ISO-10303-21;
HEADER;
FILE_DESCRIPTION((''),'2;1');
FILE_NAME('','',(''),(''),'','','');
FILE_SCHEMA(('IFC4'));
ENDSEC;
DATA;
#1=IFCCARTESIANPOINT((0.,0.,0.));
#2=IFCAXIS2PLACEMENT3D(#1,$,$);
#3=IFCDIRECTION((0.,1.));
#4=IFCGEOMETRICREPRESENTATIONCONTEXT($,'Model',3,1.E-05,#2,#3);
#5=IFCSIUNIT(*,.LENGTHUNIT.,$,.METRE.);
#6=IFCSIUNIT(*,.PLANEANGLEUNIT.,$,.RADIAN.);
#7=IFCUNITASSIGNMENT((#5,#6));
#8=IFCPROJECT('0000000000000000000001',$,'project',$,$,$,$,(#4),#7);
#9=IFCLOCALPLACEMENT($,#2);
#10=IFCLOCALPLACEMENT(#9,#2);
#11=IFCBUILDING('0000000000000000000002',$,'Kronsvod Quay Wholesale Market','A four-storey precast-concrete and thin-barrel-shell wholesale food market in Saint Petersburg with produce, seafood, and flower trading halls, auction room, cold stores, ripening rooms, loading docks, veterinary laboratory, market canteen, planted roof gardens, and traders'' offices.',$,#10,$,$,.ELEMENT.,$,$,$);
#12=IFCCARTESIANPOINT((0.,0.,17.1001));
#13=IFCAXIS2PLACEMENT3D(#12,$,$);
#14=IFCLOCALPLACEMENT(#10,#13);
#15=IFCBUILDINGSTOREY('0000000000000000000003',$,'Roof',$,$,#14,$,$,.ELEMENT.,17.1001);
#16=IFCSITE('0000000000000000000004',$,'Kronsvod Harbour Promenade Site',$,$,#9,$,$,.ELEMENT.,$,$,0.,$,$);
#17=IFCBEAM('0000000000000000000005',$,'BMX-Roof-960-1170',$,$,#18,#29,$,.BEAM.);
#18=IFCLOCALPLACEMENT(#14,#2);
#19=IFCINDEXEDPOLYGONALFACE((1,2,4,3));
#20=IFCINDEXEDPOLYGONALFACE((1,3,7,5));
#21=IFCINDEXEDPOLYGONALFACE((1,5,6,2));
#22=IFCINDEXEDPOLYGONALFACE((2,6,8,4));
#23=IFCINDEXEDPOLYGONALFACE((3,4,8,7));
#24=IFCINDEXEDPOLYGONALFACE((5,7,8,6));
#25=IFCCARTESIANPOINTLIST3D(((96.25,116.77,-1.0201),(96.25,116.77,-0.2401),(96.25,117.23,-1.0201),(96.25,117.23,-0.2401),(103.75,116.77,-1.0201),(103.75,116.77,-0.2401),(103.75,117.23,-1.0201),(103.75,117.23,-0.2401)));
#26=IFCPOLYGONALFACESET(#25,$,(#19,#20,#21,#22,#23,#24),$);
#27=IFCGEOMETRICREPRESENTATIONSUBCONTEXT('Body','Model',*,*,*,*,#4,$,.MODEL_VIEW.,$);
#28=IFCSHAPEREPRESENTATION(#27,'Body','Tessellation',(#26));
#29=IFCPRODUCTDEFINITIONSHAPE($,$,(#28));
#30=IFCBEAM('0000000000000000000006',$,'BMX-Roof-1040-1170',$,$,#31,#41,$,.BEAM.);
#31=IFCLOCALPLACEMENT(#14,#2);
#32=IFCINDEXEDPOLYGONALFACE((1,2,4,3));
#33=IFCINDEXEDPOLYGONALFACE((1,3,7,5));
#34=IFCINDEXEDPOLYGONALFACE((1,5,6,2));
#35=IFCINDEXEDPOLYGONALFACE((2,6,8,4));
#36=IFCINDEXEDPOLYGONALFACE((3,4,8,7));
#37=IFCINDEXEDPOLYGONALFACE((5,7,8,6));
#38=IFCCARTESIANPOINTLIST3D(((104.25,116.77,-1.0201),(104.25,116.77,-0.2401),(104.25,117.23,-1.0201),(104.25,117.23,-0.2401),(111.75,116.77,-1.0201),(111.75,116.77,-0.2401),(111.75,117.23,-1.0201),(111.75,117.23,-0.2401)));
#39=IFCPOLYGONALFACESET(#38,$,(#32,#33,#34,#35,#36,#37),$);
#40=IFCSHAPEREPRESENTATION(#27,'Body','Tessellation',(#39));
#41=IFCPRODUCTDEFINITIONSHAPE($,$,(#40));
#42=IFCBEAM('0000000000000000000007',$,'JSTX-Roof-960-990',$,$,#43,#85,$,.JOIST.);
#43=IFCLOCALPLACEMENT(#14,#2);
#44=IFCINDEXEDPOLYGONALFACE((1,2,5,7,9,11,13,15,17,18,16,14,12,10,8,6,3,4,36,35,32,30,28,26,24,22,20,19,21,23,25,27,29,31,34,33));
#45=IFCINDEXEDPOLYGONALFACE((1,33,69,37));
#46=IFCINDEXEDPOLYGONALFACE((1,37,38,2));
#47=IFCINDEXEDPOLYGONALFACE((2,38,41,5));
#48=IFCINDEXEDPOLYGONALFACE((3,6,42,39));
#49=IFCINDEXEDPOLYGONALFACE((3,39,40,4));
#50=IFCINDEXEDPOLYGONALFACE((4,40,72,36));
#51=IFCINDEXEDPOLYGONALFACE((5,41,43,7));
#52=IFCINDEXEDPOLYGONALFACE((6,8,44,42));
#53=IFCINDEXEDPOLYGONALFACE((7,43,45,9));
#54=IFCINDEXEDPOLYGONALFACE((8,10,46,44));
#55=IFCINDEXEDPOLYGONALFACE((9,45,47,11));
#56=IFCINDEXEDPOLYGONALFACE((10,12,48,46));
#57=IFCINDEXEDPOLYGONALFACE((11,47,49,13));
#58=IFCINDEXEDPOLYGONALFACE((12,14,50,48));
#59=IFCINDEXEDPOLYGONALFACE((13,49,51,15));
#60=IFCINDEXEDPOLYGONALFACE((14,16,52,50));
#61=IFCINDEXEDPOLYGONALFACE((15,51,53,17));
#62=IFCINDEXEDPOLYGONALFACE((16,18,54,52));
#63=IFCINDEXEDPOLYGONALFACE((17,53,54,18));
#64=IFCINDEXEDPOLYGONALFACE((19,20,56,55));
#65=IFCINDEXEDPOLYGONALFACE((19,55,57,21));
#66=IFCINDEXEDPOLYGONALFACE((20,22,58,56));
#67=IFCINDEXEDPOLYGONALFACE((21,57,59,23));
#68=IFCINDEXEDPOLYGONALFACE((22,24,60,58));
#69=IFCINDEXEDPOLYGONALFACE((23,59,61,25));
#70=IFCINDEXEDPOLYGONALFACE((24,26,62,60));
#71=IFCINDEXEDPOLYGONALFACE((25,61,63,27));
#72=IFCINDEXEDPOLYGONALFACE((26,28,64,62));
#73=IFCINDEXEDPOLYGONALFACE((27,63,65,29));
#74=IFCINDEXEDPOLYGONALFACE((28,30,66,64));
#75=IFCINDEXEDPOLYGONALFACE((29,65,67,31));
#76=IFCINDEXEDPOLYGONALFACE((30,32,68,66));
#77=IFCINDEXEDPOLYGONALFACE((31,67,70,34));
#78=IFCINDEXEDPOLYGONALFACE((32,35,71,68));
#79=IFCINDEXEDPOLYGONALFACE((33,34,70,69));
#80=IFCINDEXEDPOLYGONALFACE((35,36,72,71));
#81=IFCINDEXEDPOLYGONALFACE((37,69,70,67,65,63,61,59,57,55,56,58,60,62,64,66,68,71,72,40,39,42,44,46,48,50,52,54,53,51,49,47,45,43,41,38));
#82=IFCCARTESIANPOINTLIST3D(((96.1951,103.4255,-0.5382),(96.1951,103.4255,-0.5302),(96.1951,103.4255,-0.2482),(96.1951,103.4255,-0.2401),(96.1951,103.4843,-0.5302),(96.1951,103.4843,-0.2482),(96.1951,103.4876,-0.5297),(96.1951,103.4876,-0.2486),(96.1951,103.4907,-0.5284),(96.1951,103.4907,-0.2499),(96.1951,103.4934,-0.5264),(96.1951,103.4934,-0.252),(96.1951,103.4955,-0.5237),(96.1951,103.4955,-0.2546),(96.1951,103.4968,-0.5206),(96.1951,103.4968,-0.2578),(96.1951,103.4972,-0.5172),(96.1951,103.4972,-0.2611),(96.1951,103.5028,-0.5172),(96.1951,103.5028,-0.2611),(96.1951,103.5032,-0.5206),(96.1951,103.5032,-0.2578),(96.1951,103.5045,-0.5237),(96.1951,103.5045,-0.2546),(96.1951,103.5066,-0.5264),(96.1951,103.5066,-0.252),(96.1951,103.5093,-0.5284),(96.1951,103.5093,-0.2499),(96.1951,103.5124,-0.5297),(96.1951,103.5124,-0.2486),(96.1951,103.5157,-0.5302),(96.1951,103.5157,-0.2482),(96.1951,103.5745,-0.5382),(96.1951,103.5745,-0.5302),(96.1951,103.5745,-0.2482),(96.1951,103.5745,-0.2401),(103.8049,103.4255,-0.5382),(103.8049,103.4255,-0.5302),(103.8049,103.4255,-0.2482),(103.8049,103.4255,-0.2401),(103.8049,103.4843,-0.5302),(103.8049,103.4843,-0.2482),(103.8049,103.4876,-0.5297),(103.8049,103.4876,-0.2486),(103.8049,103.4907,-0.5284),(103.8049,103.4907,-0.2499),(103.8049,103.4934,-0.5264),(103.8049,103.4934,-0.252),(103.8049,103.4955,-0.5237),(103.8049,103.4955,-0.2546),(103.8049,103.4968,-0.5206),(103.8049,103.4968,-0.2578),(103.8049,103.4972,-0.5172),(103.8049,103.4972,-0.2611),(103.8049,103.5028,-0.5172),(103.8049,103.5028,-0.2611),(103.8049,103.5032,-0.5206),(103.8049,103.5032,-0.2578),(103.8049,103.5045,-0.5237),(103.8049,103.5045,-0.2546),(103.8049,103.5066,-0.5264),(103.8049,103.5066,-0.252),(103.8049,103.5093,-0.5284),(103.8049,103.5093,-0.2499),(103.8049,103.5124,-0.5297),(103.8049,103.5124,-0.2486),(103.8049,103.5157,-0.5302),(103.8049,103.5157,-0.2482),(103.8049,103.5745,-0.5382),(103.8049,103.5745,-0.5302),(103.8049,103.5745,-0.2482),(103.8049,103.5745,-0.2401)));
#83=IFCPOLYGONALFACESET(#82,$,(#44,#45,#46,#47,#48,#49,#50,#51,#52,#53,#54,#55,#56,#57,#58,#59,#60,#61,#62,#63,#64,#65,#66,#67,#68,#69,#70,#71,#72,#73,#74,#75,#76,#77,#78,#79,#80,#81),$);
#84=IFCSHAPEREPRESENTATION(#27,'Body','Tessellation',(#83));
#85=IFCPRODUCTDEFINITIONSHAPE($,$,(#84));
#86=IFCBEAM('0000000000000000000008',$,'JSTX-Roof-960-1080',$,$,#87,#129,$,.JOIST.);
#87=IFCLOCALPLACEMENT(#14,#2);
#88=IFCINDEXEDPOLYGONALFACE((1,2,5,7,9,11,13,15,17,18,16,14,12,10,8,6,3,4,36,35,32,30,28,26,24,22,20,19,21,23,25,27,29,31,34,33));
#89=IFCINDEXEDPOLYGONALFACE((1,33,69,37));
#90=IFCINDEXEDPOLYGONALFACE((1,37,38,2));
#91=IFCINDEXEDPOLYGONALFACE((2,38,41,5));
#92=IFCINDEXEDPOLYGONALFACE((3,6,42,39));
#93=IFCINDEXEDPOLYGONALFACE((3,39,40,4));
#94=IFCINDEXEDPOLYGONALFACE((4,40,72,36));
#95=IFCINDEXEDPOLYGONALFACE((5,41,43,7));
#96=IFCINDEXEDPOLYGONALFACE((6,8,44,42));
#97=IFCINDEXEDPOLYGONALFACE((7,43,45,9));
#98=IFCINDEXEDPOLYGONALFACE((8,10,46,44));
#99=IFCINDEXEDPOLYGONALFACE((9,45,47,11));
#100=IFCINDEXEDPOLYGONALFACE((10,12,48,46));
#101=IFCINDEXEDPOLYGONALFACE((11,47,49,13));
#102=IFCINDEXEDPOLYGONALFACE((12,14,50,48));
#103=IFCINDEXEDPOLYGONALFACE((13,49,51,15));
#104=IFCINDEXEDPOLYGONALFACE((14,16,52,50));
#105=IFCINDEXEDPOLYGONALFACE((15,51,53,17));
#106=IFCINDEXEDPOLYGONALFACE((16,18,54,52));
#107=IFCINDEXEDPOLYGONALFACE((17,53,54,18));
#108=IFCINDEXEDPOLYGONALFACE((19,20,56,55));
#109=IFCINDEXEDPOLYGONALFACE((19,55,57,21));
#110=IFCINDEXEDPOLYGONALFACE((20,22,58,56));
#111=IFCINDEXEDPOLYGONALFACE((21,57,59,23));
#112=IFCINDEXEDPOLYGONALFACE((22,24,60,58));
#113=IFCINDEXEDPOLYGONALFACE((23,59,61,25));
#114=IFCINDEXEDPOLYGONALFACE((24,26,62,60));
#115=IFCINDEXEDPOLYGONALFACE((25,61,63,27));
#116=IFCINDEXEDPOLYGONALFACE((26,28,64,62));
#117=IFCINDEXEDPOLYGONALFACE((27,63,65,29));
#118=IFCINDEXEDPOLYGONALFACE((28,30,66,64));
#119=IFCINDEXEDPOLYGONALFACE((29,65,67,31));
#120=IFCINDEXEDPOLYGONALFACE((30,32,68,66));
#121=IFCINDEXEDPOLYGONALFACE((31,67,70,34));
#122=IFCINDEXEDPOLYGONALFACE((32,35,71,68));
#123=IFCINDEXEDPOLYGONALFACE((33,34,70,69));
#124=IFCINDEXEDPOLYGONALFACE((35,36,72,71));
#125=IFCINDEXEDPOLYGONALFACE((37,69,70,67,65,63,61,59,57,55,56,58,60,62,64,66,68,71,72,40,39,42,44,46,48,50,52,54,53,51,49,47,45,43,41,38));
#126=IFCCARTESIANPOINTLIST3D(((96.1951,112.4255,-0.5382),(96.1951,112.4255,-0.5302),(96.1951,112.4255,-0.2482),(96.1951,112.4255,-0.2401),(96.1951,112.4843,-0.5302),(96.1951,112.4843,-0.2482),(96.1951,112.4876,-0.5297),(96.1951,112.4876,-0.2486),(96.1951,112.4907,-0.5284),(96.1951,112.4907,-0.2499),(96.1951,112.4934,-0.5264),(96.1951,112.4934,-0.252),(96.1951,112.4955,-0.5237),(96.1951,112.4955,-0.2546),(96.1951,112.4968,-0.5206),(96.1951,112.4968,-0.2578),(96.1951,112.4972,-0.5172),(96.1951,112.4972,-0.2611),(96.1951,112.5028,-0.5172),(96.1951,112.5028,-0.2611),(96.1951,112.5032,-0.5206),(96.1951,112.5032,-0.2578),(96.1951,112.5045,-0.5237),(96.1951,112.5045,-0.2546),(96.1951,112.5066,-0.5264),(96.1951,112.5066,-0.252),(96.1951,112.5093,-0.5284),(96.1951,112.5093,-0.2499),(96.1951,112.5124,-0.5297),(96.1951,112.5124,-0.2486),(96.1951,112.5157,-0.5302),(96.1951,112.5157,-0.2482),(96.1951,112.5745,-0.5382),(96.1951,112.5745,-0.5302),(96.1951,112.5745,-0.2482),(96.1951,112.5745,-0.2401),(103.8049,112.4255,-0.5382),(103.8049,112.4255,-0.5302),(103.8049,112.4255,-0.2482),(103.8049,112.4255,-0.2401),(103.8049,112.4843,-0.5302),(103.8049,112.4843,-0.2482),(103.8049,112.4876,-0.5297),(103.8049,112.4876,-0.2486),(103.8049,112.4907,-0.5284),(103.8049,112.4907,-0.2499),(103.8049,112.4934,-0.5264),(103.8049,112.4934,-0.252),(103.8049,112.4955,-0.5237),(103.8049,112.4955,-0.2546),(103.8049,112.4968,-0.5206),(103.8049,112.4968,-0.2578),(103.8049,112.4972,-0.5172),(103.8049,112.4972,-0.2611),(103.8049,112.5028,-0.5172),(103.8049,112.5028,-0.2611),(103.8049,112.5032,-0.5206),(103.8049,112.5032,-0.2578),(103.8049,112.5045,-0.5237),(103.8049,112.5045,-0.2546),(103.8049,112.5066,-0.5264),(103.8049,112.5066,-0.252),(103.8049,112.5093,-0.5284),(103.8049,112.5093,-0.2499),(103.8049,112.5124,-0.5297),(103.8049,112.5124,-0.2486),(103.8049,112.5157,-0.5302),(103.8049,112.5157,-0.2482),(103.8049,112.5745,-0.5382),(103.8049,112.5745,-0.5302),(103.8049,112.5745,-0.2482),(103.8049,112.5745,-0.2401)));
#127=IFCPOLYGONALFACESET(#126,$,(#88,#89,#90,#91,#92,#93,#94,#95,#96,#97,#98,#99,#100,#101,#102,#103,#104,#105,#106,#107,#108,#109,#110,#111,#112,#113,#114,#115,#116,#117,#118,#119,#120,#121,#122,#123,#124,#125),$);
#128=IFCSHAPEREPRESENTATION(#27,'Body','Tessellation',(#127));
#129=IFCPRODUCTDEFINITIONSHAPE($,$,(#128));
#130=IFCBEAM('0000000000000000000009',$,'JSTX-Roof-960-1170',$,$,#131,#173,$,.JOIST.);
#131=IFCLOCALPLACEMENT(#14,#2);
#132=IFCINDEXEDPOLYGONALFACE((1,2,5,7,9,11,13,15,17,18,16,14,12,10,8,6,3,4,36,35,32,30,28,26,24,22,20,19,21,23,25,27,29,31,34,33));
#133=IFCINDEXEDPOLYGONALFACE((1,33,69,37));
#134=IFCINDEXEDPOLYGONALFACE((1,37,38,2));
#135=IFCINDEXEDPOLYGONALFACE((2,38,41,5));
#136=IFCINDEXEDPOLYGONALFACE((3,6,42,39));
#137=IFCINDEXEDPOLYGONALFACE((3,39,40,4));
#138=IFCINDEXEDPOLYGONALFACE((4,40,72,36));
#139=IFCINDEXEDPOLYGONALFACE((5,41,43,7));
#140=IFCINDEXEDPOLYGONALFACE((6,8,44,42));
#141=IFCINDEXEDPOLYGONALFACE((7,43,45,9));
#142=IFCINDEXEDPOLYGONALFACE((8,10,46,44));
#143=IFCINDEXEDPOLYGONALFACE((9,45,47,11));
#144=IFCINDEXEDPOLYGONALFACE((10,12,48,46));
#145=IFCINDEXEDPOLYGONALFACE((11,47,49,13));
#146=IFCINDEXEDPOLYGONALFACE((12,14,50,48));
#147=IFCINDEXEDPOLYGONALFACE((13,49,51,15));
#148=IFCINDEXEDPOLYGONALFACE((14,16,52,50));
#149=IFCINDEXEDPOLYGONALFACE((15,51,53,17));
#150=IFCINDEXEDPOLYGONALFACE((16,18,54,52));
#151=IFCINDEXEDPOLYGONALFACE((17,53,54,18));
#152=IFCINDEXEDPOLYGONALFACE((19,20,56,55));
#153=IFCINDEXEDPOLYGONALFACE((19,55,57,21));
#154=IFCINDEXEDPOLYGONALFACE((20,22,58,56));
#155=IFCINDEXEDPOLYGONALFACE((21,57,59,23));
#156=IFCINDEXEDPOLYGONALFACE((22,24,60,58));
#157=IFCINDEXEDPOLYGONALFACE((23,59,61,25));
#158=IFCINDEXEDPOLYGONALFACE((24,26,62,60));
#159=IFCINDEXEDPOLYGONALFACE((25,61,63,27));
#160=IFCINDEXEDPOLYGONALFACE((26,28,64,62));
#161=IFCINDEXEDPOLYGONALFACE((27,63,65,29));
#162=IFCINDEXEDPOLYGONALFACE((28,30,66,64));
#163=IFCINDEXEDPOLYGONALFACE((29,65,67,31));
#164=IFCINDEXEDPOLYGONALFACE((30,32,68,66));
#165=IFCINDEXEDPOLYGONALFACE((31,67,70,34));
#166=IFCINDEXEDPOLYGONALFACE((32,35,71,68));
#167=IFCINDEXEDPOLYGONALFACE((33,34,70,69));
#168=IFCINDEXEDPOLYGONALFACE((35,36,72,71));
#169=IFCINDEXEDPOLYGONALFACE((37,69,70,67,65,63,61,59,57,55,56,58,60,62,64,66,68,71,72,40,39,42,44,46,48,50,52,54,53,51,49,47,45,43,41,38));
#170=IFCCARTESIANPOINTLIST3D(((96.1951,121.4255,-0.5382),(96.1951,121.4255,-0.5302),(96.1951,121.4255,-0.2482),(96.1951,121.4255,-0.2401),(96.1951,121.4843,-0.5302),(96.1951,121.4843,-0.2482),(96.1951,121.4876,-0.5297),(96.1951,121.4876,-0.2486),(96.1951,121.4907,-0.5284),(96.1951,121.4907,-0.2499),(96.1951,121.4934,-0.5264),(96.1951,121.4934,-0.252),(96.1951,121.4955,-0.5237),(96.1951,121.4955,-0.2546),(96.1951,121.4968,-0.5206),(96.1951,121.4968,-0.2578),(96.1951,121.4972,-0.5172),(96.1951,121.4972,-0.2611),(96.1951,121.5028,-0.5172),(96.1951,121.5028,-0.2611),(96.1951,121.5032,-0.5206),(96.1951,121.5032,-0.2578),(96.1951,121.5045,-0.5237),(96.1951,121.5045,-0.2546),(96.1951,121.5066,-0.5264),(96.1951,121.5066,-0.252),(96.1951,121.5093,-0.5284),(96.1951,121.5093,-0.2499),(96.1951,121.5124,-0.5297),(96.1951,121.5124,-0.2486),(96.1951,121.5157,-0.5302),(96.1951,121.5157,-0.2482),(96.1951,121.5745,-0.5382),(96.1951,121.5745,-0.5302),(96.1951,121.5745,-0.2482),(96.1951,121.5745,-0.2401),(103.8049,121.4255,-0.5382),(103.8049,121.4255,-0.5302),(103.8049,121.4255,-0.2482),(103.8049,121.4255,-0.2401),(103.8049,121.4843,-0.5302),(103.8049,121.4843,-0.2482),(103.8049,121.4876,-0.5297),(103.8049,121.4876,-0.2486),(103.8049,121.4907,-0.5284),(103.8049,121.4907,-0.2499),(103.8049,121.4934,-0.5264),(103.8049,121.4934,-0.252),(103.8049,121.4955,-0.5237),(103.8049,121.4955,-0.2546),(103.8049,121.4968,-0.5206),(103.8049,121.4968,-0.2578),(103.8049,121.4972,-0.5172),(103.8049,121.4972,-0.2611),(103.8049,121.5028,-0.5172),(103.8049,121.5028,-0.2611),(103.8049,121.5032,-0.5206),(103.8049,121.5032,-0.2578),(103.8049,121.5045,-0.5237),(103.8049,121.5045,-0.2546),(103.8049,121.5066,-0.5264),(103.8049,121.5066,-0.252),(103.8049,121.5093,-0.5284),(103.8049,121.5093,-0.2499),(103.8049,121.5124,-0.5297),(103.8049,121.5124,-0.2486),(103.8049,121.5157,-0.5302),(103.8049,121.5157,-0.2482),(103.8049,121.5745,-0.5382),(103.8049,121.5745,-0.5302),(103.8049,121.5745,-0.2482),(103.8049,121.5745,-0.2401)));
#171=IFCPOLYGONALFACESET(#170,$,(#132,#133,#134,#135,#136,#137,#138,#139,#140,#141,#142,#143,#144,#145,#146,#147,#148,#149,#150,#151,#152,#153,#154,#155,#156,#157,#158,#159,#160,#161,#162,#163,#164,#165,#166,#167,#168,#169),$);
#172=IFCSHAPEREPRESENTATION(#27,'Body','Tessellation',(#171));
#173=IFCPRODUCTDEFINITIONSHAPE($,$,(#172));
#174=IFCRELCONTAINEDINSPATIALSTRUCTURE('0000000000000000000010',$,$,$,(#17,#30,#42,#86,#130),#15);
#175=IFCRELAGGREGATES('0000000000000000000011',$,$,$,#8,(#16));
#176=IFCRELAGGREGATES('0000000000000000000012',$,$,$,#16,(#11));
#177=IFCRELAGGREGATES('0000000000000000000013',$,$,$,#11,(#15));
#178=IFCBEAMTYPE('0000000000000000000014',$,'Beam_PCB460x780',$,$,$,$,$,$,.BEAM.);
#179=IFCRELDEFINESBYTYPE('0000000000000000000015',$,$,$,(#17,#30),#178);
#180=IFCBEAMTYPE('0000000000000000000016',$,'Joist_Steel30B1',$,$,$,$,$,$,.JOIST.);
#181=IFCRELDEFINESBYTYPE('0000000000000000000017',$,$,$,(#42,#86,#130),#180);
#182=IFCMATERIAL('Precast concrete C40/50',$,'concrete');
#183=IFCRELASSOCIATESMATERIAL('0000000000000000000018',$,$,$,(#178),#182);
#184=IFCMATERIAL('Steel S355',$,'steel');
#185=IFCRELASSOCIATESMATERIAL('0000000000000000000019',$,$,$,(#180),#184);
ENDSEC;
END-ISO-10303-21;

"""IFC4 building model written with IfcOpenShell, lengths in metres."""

from ifc_helpers import new_model, si_unit, direction, frame, origin, origin_2d, place, context, subcontext, project, spatial, rectangle, i_section, extrude, material, material_profile, profile_set, type_object, element, save


model = new_model("IFC4")

# Units and contexts
model_context = context("Model", 3, precision=1e-05, world=origin(), true_north=direction((0.0, 1.0)))
body_context = subcontext(model_context, "Body", "Model", "MODEL_VIEW")
ifc_project = project(units=[si_unit("LENGTHUNIT", "METRE"), si_unit("PLANEANGLEUNIT", "RADIAN")], contexts=[model_context])

# Site, building, storey
site_placement = place(None, origin())
site = spatial("IfcSite", under=ifc_project, at=site_placement, Name="Kronsvod Harbour Promenade Site", CompositionType="ELEMENT", RefElevation=0.0)
building_placement = place(site_placement, origin())
building = spatial("IfcBuilding", under=site, at=building_placement, Name="Kronsvod Quay Wholesale Market", Description="A four-storey precast-concrete and thin-barrel-shell wholesale food market in Saint Petersburg with produce, seafood, and flower trading halls, auction room, cold stores, ripening rooms, loading docks, veterinary laboratory, market canteen, planted roof gardens, and traders' offices.", CompositionType="ELEMENT")
storey_placement = place(building_placement, frame((0.0, 0.0, 17.1001)))
storey = spatial("IfcBuildingStorey", under=building, at=storey_placement, Name="Roof", CompositionType="ELEMENT", Elevation=17.1001)

# Beams
ifc_material_1 = material(Name="Precast concrete C40/50", Category="concrete")
ifc_material_profile_1 = material_profile(ifc_material_1, rectangle(XDim=0.46, YDim=0.78, at=origin_2d()), Name="PB-03")
ifc_profile_set_1 = profile_set([ifc_material_profile_1], Name="Precast concrete C40/50")
beam_type_1 = type_object("IfcBeamType", Name="Beam_PCB460x780", PredefinedType="BEAM", material=ifc_profile_set_1)
for number, where, z_axis, x_axis, name in (
    (1, (96.25, 117.0, -0.6301), (1.0, 0.0, 0.0), (0.0, 1.0, 0.0), "BMX-Roof-960-1170"),
    (2, (104.25, 117.0, -0.6301), (1.0, 0.0, 0.0), (0.0, 1.0, 0.0), "BMX-Roof-1040-1170"),
):
    element("IfcBeam", number, at=place(storey_placement, frame(where, z_axis=z_axis, x_axis=x_axis)), inside=storey, type_object=beam_type_1, Name=name, PredefinedType="BEAM", context=body_context, shape_type="SweptSolid", body=[
        extrude(rectangle(XDim=0.46, YDim=0.78, at=origin_2d()), origin(), (0.0, 0.0, 1.0), 7.5),
    ])
ifc_material_2 = material(Name="Steel S355", Category="steel")
ifc_material_profile_2 = material_profile(ifc_material_2, i_section(OverallWidth=0.1489, OverallDepth=0.2981, WebThickness=0.0056, FlangeThickness=0.0081, FilletRadius=0.0129, at=origin_2d()), Name="30B1")
ifc_profile_set_2 = profile_set([ifc_material_profile_2], Name="Steel S355")
beam_type_2 = type_object("IfcBeamType", Name="Joist_Steel30B1", PredefinedType="JOIST", material=ifc_profile_set_2)
for number, where, z_axis, x_axis, name in (
    (3, (96.1951, 103.5, -0.3892), (1.0, 0.0, 0.0), (0.0, 1.0, 0.0), "JSTX-Roof-960-990"),
    (4, (96.1951, 112.5, -0.3892), (1.0, 0.0, 0.0), (0.0, 1.0, 0.0), "JSTX-Roof-960-1080"),
    (5, (96.1951, 121.5, -0.3892), (1.0, 0.0, 0.0), (0.0, 1.0, 0.0), "JSTX-Roof-960-1170"),
):
    element("IfcBeam", number, at=place(storey_placement, frame(where, z_axis=z_axis, x_axis=x_axis)), inside=storey, type_object=beam_type_2, Name=name, PredefinedType="JOIST", context=body_context, shape_type="SweptSolid", body=[
        extrude(i_section(OverallWidth=0.1489, OverallDepth=0.2981, WebThickness=0.0056, FlangeThickness=0.0081, FilletRadius=0.0129, at=origin_2d()), origin(), (0.0, 0.0, 1.0), 7.6099),
    ])

save(model, "model.ifc")
